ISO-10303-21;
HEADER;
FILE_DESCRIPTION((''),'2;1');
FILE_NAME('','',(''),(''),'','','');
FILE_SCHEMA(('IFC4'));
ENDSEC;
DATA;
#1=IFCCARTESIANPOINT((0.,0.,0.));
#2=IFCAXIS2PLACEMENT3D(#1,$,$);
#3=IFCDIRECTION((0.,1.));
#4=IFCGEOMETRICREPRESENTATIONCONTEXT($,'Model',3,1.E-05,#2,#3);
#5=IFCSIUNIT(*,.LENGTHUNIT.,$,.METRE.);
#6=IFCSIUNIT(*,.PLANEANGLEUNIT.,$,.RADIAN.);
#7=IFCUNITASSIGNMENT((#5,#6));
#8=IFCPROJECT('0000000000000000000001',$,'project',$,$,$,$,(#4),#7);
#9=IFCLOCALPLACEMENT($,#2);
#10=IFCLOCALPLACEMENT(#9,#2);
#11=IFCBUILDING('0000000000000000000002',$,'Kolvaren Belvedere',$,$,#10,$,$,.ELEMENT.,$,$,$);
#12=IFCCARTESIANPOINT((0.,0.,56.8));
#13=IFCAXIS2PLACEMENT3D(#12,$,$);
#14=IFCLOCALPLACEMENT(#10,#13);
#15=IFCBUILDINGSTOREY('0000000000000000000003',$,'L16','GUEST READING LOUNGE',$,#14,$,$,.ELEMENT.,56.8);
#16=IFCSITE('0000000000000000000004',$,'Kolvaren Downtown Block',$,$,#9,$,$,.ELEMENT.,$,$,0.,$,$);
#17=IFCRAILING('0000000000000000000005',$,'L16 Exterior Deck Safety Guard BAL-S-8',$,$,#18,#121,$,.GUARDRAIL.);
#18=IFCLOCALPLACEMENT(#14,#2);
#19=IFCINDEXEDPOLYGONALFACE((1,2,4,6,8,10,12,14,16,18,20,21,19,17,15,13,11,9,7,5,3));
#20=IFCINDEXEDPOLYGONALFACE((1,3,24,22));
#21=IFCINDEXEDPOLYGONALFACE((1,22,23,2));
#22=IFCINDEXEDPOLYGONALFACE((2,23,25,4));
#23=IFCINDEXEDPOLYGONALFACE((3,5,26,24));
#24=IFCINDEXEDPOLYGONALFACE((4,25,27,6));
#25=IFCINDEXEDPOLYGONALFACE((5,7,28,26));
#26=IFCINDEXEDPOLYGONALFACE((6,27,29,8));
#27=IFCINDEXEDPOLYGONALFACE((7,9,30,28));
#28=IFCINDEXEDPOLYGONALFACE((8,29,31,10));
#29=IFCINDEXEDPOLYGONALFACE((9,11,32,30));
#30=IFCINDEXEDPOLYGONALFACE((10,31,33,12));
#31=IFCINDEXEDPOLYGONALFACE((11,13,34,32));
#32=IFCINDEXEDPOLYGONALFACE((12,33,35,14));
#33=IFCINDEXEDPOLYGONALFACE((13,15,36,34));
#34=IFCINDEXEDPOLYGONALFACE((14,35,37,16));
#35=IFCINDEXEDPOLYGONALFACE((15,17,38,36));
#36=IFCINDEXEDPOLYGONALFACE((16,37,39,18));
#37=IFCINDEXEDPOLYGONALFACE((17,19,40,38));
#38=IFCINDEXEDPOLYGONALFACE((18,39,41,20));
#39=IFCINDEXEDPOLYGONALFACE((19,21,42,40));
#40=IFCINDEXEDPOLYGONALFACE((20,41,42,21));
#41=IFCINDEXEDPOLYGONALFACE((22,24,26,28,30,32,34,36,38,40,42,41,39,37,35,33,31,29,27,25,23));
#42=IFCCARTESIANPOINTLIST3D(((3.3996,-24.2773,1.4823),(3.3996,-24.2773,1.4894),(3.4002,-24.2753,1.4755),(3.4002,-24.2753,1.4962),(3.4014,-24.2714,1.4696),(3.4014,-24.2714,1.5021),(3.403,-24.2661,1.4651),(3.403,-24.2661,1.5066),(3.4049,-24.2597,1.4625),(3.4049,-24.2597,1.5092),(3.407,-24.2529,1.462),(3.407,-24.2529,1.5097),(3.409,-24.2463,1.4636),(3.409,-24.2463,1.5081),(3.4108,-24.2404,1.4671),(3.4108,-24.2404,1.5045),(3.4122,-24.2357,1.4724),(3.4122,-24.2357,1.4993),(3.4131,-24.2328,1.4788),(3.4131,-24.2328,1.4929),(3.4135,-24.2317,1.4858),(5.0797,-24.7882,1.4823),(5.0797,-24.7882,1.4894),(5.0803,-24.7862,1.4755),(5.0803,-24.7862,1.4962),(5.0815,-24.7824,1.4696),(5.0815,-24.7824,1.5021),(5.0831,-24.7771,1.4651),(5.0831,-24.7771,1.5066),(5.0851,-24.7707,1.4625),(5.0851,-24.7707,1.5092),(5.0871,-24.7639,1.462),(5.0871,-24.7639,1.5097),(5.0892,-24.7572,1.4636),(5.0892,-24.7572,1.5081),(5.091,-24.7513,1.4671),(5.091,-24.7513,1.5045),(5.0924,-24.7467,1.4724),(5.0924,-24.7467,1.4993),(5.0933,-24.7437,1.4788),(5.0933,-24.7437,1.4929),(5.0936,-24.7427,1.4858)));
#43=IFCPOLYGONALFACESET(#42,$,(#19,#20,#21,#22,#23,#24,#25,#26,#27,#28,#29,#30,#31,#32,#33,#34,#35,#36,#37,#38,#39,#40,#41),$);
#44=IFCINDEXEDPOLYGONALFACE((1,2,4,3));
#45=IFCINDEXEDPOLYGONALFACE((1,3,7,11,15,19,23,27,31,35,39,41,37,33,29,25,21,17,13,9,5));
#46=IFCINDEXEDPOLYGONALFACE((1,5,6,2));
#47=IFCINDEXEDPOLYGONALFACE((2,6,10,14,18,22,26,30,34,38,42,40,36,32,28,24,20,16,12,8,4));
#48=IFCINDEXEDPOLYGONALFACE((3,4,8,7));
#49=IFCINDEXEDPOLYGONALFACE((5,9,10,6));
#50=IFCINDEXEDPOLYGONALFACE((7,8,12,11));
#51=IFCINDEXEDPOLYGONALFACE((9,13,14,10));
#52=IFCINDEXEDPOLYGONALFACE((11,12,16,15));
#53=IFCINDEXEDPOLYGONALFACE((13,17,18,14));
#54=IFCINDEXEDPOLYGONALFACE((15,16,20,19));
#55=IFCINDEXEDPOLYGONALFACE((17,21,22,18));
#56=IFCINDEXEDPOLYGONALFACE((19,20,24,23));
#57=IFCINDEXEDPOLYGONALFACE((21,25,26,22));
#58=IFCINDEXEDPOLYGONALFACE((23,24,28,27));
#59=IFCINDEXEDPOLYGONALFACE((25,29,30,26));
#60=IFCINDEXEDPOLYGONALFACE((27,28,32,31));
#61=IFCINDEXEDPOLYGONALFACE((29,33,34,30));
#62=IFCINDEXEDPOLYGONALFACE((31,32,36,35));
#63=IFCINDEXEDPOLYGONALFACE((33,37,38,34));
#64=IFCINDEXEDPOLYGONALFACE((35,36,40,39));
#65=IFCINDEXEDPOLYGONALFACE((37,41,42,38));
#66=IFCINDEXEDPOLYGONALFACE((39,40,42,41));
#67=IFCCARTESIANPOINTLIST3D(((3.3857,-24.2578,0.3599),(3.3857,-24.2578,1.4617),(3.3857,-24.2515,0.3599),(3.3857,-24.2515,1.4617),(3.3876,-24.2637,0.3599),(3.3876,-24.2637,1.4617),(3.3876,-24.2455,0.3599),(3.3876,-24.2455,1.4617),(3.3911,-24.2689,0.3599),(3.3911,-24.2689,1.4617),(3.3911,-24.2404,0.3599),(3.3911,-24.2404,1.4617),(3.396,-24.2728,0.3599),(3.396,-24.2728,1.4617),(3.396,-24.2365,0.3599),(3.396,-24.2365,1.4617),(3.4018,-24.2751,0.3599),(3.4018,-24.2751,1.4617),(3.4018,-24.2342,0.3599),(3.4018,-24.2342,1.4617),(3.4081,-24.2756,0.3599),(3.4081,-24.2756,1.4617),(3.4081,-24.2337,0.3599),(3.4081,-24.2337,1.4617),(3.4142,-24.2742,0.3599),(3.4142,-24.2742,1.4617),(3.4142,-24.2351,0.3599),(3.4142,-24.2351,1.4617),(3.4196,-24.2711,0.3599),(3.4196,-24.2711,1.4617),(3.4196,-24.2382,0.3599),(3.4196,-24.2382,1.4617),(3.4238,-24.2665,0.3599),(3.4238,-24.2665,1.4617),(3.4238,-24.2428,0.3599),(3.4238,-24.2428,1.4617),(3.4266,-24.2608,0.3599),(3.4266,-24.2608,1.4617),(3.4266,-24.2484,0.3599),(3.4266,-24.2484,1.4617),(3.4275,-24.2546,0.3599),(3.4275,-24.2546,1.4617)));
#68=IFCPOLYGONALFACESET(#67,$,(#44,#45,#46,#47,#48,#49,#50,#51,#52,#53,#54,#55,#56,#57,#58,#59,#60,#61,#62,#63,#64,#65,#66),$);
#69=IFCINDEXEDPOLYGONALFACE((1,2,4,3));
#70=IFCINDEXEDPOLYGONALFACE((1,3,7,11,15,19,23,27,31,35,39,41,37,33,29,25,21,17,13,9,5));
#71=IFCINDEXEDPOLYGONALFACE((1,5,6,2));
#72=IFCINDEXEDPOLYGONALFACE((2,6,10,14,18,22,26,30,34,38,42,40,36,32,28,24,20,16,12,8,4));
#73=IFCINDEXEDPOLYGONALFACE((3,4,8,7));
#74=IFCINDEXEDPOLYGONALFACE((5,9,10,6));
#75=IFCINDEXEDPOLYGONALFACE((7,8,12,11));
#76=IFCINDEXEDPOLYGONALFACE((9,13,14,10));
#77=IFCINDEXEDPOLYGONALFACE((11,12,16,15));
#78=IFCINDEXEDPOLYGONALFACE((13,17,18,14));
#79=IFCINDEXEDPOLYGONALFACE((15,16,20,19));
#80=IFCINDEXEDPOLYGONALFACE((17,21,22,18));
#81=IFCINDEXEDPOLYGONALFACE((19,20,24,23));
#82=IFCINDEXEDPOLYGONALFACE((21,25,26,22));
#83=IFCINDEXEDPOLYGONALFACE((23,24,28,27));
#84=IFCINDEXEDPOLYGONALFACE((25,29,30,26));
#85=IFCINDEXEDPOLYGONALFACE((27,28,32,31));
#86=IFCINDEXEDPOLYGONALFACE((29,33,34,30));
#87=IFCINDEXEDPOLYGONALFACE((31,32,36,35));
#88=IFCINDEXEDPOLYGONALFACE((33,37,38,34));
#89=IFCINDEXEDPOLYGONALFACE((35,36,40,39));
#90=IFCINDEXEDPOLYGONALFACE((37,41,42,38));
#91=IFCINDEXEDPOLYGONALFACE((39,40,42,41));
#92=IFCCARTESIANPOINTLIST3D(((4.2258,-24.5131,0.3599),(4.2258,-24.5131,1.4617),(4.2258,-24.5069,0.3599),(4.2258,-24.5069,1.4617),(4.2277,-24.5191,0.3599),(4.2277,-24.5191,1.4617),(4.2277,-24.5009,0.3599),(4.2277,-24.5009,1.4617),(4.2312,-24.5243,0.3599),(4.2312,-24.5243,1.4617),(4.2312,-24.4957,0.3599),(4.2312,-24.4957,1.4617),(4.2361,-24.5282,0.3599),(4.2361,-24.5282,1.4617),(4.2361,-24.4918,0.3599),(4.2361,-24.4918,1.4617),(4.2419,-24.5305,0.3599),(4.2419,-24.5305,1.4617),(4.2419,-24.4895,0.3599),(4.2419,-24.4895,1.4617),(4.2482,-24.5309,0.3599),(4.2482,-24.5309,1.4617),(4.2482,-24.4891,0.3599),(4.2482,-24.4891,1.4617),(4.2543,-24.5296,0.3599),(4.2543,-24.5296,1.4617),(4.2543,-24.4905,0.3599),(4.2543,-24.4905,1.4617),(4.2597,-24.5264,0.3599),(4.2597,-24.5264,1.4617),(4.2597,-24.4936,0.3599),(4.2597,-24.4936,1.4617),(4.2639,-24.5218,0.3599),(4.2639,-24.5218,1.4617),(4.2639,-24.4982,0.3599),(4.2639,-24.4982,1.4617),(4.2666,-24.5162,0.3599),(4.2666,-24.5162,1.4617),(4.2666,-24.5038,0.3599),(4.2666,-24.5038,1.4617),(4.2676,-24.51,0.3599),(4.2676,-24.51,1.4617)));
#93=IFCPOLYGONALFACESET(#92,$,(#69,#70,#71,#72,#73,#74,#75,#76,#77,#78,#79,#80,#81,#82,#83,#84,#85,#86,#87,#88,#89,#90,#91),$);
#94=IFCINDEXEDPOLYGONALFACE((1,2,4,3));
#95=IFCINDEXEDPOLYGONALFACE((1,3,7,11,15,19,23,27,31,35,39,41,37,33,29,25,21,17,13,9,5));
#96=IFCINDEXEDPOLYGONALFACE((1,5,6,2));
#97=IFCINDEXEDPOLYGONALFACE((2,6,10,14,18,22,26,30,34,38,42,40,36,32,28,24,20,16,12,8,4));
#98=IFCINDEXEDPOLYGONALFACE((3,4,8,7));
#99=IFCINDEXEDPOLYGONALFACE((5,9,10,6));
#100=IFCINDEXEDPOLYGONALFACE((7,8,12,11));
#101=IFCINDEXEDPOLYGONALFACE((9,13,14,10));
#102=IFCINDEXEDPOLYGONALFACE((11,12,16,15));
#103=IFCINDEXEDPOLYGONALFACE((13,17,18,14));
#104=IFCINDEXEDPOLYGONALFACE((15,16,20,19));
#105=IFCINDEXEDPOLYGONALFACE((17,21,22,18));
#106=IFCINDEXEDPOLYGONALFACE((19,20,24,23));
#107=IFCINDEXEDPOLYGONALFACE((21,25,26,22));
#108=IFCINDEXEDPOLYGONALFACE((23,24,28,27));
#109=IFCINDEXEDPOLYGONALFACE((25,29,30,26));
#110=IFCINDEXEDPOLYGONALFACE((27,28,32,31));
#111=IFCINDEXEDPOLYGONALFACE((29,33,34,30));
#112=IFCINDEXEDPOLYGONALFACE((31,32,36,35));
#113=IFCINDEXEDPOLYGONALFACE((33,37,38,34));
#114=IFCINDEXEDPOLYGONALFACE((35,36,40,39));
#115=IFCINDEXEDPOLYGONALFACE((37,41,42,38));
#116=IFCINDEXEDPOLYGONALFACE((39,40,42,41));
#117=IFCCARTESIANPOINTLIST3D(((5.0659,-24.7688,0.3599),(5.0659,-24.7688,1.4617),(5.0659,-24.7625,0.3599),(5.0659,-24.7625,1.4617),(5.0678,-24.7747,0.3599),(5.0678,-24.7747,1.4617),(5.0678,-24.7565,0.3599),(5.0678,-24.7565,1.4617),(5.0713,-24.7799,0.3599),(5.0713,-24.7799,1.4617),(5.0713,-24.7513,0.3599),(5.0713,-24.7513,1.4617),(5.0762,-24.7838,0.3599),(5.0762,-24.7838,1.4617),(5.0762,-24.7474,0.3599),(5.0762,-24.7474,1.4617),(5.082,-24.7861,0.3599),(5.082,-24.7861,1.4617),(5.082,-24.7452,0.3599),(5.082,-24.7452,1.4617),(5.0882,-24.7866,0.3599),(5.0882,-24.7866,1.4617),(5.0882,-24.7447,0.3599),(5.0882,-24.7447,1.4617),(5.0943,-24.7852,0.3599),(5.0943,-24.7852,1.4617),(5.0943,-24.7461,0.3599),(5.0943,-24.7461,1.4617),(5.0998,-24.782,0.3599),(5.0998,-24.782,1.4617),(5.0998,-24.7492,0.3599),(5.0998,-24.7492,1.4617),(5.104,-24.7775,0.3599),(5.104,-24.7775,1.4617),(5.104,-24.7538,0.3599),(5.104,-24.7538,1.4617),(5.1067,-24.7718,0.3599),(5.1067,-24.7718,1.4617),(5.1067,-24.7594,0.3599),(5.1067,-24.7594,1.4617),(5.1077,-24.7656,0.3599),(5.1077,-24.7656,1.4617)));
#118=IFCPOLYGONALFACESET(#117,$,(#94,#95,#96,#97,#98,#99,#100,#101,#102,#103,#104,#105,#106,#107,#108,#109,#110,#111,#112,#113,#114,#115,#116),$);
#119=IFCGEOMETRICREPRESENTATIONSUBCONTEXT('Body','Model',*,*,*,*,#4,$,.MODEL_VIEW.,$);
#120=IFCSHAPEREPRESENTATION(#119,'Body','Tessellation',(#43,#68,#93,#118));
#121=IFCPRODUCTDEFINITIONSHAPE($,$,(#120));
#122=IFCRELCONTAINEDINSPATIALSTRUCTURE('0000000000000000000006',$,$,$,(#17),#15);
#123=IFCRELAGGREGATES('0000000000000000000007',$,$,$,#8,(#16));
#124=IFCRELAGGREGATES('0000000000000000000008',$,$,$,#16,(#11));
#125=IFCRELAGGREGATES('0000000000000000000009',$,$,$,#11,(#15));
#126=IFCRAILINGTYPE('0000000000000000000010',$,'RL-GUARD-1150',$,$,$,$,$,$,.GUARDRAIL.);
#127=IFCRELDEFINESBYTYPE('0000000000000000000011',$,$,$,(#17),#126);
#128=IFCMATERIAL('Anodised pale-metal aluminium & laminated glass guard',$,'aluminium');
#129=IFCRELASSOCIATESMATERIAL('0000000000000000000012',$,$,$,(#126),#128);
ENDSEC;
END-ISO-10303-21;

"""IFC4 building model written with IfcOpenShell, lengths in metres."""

from ifc_helpers import new_model, si_unit, direction, frame, origin, origin_2d, place, context, subcontext, project, spatial, circle, extrude, material, type_object, element, save


model = new_model("IFC4")

# Units and contexts
model_context = context("Model", 3, precision=1e-05, world=origin(), true_north=direction((0.0, 1.0)))
body_context = subcontext(model_context, "Body", "Model", "MODEL_VIEW")
ifc_project = project(units=[si_unit("LENGTHUNIT", "METRE"), si_unit("PLANEANGLEUNIT", "RADIAN")], contexts=[model_context])

# Site, building, storey
site_placement = place(None, origin())
site = spatial("IfcSite", under=ifc_project, at=site_placement, Name="Kolvaren Downtown Block", CompositionType="ELEMENT", RefElevation=0.0)
building_placement = place(site_placement, origin())
building = spatial("IfcBuilding", under=site, at=building_placement, Name="Kolvaren Belvedere", CompositionType="ELEMENT")
storey_placement = place(building_placement, frame((0.0, 0.0, 56.8)))
storey = spatial("IfcBuildingStorey", under=building, at=storey_placement, Name="L16", Description="GUEST READING LOUNGE", CompositionType="ELEMENT", Elevation=56.8)

# Railing
ifc_material_1 = material(Name="Anodised pale-metal aluminium & laminated glass guard", Category="aluminium")
railing_type = type_object("IfcRailingType", Name="RL-GUARD-1150", PredefinedType="GUARDRAIL", material=ifc_material_1)
railing_1_placement = place(storey_placement, frame((3.4065, -24.2546, 0.3599)))
element("IfcRailing", 1, at=railing_1_placement, inside=storey, type_object=railing_type, Name="L16 Exterior Deck Safety Guard BAL-S-8", PredefinedType="GUARDRAIL", context=body_context, shape_type="SweptSolid", body=[
    extrude(circle(Radius=0.0239, at=origin_2d()), frame((0.0, 0.0, 1.126), z_axis=(0.956733, -0.290968, 0.0), x_axis=(0.290968, 0.956733, 0.0)), (0.0, 0.0, 1.0), 1.7561),
    extrude(circle(Radius=0.021, at=origin_2d()), origin(), (0.0, 0.0, 1.0), 1.1018),
    extrude(circle(Radius=0.021, at=origin_2d()), frame((0.8401, -0.2554, 0.0)), (0.0, 0.0, 1.0), 1.1018),
    extrude(circle(Radius=0.021, at=origin_2d()), frame((1.6802, -0.511, 0.0)), (0.0, 0.0, 1.0), 1.1018),
])

save(model, "model.ifc")
